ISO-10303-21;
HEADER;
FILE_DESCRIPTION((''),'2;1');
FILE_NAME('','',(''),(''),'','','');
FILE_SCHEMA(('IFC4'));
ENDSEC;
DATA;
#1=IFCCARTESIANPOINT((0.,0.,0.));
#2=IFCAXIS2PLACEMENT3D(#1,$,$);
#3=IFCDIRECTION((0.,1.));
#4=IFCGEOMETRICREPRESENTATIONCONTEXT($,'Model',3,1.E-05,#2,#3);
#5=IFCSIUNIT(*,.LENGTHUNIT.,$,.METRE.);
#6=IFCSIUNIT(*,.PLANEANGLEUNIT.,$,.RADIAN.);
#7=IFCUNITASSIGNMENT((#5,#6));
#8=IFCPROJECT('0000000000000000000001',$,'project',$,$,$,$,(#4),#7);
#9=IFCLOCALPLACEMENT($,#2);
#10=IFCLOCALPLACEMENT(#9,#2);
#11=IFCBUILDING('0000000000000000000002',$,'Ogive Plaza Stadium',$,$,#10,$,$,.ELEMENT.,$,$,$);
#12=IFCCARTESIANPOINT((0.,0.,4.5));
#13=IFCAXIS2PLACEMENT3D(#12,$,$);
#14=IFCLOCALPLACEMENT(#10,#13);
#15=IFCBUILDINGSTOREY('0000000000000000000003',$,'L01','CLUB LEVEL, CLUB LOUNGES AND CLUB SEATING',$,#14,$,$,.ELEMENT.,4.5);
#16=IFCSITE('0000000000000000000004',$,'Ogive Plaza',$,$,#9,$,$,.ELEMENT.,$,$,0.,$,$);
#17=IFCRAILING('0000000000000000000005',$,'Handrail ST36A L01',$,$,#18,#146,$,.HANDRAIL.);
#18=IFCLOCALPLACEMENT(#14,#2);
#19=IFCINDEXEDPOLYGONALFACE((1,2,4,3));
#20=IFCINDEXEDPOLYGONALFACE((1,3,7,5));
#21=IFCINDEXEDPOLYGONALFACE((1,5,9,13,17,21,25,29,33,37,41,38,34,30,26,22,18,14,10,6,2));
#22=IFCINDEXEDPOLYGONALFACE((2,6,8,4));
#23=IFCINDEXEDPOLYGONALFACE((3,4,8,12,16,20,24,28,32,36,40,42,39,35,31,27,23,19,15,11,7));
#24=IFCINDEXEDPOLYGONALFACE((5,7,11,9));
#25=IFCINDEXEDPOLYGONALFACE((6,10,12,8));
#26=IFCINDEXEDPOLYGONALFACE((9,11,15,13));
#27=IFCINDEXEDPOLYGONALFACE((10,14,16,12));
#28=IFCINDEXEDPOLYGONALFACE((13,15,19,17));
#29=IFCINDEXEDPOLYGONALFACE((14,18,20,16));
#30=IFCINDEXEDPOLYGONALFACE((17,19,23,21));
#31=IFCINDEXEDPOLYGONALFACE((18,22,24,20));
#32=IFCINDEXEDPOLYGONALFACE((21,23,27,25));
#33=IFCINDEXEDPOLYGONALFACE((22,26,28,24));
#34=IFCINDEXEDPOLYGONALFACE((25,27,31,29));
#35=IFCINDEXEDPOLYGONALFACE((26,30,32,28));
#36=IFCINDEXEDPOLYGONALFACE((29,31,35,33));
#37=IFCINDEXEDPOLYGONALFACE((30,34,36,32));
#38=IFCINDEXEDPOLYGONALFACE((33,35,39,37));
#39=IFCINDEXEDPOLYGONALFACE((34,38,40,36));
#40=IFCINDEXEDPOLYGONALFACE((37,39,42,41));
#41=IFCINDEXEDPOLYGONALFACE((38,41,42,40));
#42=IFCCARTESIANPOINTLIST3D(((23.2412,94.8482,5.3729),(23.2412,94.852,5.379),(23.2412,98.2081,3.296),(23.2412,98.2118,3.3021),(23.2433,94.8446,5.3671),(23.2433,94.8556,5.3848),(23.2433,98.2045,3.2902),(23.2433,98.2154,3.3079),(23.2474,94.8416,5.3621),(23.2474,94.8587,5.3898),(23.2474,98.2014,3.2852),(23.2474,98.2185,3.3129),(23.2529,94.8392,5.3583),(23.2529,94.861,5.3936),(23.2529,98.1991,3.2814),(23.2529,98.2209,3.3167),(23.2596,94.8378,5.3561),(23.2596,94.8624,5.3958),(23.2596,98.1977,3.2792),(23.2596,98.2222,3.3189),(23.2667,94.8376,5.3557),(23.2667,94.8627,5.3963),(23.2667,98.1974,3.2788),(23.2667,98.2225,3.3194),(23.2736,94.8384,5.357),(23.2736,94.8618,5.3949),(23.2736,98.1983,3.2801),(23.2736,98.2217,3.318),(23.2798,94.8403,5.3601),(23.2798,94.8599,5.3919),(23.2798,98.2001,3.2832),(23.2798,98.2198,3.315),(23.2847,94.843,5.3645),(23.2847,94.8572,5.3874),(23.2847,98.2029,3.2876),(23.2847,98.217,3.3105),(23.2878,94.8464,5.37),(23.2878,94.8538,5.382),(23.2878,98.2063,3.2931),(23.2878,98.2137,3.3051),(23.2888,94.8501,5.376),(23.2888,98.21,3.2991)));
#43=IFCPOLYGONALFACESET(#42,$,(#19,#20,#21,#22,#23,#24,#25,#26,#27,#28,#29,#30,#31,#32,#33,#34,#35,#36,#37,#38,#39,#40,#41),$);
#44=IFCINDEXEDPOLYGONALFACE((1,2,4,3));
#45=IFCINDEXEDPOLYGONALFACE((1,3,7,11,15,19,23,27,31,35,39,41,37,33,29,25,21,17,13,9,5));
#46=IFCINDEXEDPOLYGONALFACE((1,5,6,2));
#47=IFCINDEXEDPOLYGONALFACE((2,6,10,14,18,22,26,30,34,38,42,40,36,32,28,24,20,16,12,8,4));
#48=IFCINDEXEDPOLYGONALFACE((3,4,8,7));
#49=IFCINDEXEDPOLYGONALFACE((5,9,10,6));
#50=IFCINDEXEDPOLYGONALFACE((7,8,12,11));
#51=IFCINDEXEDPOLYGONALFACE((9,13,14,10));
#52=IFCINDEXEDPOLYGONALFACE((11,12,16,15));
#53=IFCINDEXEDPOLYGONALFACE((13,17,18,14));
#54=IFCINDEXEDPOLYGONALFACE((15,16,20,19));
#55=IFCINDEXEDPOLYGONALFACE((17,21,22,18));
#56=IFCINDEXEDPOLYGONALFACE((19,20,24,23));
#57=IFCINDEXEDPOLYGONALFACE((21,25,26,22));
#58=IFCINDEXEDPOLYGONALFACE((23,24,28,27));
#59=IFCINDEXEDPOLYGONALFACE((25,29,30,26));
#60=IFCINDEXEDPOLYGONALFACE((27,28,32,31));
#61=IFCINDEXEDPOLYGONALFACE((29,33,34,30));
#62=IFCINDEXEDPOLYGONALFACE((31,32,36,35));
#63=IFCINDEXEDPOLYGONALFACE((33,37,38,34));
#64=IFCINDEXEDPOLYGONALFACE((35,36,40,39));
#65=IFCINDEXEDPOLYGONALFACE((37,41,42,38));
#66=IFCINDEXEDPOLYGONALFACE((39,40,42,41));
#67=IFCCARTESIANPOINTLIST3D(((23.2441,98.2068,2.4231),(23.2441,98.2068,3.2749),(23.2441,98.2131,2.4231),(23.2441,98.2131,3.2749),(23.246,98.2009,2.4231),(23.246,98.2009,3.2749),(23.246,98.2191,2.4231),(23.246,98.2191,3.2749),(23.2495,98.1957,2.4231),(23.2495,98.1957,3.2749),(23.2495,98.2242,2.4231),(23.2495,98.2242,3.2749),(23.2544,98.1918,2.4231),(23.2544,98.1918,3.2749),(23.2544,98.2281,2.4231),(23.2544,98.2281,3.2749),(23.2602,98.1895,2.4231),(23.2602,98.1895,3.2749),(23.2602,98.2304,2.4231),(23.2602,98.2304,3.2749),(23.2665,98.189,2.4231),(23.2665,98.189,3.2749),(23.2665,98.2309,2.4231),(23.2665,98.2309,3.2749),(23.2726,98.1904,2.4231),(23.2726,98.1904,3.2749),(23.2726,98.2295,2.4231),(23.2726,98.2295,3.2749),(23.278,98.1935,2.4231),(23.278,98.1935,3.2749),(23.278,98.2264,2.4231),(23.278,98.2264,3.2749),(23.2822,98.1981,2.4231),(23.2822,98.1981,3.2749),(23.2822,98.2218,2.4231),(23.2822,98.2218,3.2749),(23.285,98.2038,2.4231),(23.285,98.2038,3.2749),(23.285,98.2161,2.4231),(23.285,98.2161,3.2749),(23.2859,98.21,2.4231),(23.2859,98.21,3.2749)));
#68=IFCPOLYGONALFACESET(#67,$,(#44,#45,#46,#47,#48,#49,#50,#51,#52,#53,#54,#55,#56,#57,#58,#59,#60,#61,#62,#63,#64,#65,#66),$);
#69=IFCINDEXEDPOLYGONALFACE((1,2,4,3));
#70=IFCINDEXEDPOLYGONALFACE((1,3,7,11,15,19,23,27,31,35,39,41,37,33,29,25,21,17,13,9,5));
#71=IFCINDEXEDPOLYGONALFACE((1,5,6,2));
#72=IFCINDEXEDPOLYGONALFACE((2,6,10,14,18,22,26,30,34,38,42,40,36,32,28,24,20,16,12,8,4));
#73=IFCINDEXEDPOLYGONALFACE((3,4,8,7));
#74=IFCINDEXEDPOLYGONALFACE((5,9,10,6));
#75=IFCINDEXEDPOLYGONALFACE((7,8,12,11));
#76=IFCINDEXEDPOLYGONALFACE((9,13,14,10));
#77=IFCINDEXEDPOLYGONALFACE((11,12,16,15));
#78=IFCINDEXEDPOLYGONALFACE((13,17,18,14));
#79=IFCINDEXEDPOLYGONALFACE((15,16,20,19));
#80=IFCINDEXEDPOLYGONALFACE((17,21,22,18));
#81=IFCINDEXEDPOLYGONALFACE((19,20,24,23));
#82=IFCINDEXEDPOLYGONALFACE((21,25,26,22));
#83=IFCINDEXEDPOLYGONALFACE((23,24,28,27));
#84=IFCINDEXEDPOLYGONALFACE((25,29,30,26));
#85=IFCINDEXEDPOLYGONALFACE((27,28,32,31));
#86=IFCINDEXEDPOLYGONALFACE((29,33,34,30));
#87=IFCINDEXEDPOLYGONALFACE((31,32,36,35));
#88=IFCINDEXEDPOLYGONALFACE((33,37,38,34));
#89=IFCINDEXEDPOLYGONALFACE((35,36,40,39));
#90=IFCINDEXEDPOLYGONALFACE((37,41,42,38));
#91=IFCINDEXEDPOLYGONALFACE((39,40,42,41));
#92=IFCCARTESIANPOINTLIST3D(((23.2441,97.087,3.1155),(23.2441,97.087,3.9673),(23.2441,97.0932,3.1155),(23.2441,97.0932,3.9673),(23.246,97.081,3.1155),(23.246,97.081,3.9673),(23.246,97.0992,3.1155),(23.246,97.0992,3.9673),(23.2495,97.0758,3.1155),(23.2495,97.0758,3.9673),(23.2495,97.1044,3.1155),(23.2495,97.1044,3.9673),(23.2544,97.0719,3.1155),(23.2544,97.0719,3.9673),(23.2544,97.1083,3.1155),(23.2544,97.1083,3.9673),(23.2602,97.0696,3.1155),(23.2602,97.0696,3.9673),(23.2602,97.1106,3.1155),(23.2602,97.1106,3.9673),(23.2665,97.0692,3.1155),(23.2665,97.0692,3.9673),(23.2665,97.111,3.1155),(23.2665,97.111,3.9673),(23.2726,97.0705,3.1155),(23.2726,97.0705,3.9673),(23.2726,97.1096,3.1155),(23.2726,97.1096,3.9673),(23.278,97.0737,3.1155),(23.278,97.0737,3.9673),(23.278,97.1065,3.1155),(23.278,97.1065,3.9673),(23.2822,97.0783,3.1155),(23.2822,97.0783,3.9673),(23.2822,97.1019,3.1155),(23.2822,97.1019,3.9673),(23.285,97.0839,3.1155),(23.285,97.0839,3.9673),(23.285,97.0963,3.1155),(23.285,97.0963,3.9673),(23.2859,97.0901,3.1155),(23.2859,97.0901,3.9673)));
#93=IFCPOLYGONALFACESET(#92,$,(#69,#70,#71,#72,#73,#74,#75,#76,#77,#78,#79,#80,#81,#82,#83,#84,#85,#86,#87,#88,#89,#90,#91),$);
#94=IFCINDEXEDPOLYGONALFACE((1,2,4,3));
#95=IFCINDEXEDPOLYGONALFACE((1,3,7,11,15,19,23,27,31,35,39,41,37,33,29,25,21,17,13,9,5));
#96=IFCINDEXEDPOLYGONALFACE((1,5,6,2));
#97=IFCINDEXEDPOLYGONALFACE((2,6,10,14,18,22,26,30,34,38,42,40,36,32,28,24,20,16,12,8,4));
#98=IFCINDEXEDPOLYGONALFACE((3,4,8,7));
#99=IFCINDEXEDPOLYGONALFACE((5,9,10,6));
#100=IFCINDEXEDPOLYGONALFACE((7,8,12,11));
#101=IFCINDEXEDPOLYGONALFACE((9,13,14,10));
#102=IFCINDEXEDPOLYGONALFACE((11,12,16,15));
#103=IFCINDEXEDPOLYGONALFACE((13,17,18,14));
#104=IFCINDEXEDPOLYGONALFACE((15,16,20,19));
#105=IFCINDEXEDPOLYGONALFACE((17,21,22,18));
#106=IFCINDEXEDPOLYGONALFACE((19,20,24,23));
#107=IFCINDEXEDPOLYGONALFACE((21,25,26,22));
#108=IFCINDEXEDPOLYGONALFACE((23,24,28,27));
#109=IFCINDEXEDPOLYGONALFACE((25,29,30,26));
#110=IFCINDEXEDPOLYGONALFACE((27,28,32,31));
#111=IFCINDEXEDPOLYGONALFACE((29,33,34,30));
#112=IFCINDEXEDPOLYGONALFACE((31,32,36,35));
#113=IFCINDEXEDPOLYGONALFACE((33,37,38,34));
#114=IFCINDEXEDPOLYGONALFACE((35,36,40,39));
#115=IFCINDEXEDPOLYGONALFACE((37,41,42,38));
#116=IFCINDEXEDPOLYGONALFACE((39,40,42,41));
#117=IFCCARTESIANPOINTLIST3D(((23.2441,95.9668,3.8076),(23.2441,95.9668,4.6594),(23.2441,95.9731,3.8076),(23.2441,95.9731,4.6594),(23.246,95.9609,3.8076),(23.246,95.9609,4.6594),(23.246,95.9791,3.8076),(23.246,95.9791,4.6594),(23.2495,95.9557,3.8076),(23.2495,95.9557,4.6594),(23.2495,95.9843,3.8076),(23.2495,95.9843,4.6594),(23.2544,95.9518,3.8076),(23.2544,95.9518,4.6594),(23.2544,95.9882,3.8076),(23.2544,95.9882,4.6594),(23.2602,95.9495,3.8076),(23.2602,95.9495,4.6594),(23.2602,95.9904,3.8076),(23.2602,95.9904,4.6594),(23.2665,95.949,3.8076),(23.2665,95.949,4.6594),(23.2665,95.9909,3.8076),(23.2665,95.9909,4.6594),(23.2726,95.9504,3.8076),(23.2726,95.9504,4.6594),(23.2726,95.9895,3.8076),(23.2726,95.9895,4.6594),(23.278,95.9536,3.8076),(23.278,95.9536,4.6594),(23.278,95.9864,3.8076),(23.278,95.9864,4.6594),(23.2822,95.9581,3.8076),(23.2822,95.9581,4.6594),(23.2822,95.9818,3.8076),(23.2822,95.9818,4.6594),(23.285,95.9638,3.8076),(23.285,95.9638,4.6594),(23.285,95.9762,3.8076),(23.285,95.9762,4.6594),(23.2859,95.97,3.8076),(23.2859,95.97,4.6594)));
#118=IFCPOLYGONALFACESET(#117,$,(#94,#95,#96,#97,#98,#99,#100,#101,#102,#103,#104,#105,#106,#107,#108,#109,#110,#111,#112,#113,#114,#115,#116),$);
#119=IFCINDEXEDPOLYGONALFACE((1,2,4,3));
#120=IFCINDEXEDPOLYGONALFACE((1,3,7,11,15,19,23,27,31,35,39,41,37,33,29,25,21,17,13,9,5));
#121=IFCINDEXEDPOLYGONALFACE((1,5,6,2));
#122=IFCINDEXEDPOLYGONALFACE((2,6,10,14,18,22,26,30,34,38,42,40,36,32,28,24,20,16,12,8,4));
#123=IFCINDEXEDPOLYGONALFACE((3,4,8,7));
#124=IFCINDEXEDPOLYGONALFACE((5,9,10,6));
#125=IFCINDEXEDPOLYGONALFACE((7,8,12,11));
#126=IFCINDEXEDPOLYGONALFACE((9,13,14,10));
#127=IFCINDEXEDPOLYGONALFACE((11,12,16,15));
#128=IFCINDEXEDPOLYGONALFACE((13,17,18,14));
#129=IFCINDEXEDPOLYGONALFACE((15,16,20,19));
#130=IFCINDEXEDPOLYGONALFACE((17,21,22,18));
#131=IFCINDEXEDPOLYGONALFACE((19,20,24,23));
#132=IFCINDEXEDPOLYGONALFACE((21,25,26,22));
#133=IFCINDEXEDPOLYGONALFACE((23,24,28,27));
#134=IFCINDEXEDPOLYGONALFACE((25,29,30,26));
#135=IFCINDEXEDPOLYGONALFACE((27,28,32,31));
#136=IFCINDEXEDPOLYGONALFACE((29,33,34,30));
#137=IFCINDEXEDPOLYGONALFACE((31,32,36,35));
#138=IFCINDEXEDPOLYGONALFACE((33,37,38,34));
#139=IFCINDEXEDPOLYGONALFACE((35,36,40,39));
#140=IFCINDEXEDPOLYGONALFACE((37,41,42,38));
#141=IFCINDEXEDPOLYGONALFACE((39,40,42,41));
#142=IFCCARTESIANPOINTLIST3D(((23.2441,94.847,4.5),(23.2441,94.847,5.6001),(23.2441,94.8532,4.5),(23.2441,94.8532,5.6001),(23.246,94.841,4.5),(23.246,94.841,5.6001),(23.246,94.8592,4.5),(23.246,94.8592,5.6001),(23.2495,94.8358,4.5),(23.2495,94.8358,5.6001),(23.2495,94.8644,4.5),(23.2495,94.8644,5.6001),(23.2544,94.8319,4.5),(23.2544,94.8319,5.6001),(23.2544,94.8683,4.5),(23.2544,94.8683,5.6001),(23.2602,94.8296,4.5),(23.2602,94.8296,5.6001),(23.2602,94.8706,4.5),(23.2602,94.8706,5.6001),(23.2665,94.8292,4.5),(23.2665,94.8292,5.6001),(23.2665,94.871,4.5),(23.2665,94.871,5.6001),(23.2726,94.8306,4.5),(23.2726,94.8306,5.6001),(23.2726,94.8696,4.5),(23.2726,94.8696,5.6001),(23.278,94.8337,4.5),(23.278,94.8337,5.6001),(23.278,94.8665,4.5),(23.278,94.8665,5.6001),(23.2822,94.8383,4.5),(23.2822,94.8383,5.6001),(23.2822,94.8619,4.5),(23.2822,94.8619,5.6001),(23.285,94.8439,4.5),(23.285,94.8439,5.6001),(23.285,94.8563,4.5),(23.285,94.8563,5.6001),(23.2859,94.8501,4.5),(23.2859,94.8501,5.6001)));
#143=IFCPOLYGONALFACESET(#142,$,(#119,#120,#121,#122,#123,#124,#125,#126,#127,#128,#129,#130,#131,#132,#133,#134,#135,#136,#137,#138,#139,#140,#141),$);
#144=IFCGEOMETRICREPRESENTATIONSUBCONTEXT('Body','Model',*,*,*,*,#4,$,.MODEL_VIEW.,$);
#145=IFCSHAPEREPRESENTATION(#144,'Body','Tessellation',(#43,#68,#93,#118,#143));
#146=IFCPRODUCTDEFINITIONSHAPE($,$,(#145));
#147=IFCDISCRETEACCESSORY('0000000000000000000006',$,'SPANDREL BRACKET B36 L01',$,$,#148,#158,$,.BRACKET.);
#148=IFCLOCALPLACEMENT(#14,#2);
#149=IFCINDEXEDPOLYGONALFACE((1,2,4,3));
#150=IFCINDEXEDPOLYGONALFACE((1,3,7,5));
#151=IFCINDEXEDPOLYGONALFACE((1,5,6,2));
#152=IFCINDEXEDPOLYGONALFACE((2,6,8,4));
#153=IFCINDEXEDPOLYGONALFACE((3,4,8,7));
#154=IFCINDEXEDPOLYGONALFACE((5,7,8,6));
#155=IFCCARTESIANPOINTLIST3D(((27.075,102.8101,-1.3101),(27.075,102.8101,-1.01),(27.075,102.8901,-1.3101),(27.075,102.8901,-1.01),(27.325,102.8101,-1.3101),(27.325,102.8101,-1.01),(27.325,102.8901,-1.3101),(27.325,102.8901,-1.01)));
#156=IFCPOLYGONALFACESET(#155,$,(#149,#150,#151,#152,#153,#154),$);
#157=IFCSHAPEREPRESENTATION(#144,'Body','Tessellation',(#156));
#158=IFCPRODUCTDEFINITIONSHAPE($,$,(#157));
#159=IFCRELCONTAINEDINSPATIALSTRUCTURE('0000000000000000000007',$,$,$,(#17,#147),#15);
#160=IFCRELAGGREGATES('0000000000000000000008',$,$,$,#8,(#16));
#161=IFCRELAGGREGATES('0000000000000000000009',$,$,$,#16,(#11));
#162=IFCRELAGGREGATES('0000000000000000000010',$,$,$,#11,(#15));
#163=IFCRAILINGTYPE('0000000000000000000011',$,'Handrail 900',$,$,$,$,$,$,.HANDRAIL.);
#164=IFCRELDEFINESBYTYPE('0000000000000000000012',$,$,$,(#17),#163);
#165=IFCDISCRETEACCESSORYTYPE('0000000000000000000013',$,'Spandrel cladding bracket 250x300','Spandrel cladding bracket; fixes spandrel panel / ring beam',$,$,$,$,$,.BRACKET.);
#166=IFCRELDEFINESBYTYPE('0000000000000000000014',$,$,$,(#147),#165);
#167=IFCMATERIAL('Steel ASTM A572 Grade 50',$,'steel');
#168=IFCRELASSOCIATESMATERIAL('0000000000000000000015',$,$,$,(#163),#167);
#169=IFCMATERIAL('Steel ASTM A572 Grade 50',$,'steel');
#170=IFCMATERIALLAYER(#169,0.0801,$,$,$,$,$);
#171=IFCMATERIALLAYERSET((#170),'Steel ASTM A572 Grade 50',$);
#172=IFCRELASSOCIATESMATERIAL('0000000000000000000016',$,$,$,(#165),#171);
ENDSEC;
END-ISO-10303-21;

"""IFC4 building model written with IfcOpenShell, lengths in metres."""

from ifc_helpers import new_model, si_unit, direction, frame, origin, origin_2d, place, context, subcontext, project, spatial, rectangle, circle, extrude, material, layer, layer_set, type_object, element, save


model = new_model("IFC4")

# Units and contexts
model_context = context("Model", 3, precision=1e-05, world=origin(), true_north=direction((0.0, 1.0)))
body_context = subcontext(model_context, "Body", "Model", "MODEL_VIEW")
ifc_project = project(units=[si_unit("LENGTHUNIT", "METRE"), si_unit("PLANEANGLEUNIT", "RADIAN")], contexts=[model_context])

# Site, building, storey
site_placement = place(None, origin())
site = spatial("IfcSite", under=ifc_project, at=site_placement, Name="Ogive Plaza", CompositionType="ELEMENT", RefElevation=0.0)
building_placement = place(site_placement, origin())
building = spatial("IfcBuilding", under=site, at=building_placement, Name="Ogive Plaza Stadium", CompositionType="ELEMENT")
storey_placement = place(building_placement, frame((0.0, 0.0, 4.5)))
storey = spatial("IfcBuildingStorey", under=building, at=storey_placement, Name="L01", Description="CLUB LEVEL, CLUB LOUNGES AND CLUB SEATING", CompositionType="ELEMENT", Elevation=4.5)

# Railing
ifc_material_1 = material(Name="Steel ASTM A572 Grade 50", Category="steel")
railing_type_1 = type_object("IfcRailingType", Name="Handrail 900", PredefinedType="HANDRAIL", material=ifc_material_1)
railing_placement = place(storey_placement, frame((23.2649, 98.21, 2.4231)))
element("IfcRailing", 1, at=railing_placement, inside=storey, type_object=railing_type_1, Name="Handrail ST36A L01", PredefinedType="HANDRAIL", context=body_context, shape_type="SweptSolid", body=[
    extrude(circle(Radius=0.0239, at=origin_2d()), frame((0.0, 0.0, 0.876), z_axis=(0.0, -0.850606, 0.525803), x_axis=(1.0, 0.0, 0.0)), (0.0, 0.0, 1.0), 3.95),
    extrude(circle(Radius=0.021, at=origin_2d()), origin(), (0.0, 0.0, 1.0), 0.8518),
    extrude(circle(Radius=0.021, at=origin_2d()), frame((0.0, -1.1199, 0.6924)), (0.0, 0.0, 1.0), 0.8518),
    extrude(circle(Radius=0.021, at=origin_2d()), frame((0.0, -2.24, 1.3845)), (0.0, 0.0, 1.0), 0.8518),
    extrude(circle(Radius=0.021, at=origin_2d()), frame((0.0, -3.3599, 2.0769)), (0.0, 0.0, 1.0), 1.1001),
])

# Discrete accessory
ifc_material_2 = material(Name="Steel ASTM A572 Grade 50", Category="steel")
ifc_layer_1 = layer(ifc_material_2, 0.0801)
ifc_layer_set_1 = layer_set([ifc_layer_1], Name="Steel ASTM A572 Grade 50")
discrete_accessory_type = type_object("IfcDiscreteAccessoryType", Name="Spandrel cladding bracket 250x300", Description="Spandrel cladding bracket; fixes spandrel panel / ring beam", PredefinedType="BRACKET", material=ifc_layer_set_1)
discrete_accessory_placement = place(storey_placement, frame((27.2, 102.8501, -1.3101), z_axis=(0.0, 0.0, 1.0), x_axis=(1.0, 0.0, 0.0)))
element("IfcDiscreteAccessory", 2, at=discrete_accessory_placement, inside=storey, type_object=discrete_accessory_type, Name="SPANDREL BRACKET B36 L01", PredefinedType="BRACKET", context=body_context, shape_type="SweptSolid", body=[
    extrude(rectangle(XDim=0.25, YDim=0.0801, at=origin_2d()), origin(), (0.0, 0.0, 1.0), 0.3),
])

save(model, "model.ifc")
